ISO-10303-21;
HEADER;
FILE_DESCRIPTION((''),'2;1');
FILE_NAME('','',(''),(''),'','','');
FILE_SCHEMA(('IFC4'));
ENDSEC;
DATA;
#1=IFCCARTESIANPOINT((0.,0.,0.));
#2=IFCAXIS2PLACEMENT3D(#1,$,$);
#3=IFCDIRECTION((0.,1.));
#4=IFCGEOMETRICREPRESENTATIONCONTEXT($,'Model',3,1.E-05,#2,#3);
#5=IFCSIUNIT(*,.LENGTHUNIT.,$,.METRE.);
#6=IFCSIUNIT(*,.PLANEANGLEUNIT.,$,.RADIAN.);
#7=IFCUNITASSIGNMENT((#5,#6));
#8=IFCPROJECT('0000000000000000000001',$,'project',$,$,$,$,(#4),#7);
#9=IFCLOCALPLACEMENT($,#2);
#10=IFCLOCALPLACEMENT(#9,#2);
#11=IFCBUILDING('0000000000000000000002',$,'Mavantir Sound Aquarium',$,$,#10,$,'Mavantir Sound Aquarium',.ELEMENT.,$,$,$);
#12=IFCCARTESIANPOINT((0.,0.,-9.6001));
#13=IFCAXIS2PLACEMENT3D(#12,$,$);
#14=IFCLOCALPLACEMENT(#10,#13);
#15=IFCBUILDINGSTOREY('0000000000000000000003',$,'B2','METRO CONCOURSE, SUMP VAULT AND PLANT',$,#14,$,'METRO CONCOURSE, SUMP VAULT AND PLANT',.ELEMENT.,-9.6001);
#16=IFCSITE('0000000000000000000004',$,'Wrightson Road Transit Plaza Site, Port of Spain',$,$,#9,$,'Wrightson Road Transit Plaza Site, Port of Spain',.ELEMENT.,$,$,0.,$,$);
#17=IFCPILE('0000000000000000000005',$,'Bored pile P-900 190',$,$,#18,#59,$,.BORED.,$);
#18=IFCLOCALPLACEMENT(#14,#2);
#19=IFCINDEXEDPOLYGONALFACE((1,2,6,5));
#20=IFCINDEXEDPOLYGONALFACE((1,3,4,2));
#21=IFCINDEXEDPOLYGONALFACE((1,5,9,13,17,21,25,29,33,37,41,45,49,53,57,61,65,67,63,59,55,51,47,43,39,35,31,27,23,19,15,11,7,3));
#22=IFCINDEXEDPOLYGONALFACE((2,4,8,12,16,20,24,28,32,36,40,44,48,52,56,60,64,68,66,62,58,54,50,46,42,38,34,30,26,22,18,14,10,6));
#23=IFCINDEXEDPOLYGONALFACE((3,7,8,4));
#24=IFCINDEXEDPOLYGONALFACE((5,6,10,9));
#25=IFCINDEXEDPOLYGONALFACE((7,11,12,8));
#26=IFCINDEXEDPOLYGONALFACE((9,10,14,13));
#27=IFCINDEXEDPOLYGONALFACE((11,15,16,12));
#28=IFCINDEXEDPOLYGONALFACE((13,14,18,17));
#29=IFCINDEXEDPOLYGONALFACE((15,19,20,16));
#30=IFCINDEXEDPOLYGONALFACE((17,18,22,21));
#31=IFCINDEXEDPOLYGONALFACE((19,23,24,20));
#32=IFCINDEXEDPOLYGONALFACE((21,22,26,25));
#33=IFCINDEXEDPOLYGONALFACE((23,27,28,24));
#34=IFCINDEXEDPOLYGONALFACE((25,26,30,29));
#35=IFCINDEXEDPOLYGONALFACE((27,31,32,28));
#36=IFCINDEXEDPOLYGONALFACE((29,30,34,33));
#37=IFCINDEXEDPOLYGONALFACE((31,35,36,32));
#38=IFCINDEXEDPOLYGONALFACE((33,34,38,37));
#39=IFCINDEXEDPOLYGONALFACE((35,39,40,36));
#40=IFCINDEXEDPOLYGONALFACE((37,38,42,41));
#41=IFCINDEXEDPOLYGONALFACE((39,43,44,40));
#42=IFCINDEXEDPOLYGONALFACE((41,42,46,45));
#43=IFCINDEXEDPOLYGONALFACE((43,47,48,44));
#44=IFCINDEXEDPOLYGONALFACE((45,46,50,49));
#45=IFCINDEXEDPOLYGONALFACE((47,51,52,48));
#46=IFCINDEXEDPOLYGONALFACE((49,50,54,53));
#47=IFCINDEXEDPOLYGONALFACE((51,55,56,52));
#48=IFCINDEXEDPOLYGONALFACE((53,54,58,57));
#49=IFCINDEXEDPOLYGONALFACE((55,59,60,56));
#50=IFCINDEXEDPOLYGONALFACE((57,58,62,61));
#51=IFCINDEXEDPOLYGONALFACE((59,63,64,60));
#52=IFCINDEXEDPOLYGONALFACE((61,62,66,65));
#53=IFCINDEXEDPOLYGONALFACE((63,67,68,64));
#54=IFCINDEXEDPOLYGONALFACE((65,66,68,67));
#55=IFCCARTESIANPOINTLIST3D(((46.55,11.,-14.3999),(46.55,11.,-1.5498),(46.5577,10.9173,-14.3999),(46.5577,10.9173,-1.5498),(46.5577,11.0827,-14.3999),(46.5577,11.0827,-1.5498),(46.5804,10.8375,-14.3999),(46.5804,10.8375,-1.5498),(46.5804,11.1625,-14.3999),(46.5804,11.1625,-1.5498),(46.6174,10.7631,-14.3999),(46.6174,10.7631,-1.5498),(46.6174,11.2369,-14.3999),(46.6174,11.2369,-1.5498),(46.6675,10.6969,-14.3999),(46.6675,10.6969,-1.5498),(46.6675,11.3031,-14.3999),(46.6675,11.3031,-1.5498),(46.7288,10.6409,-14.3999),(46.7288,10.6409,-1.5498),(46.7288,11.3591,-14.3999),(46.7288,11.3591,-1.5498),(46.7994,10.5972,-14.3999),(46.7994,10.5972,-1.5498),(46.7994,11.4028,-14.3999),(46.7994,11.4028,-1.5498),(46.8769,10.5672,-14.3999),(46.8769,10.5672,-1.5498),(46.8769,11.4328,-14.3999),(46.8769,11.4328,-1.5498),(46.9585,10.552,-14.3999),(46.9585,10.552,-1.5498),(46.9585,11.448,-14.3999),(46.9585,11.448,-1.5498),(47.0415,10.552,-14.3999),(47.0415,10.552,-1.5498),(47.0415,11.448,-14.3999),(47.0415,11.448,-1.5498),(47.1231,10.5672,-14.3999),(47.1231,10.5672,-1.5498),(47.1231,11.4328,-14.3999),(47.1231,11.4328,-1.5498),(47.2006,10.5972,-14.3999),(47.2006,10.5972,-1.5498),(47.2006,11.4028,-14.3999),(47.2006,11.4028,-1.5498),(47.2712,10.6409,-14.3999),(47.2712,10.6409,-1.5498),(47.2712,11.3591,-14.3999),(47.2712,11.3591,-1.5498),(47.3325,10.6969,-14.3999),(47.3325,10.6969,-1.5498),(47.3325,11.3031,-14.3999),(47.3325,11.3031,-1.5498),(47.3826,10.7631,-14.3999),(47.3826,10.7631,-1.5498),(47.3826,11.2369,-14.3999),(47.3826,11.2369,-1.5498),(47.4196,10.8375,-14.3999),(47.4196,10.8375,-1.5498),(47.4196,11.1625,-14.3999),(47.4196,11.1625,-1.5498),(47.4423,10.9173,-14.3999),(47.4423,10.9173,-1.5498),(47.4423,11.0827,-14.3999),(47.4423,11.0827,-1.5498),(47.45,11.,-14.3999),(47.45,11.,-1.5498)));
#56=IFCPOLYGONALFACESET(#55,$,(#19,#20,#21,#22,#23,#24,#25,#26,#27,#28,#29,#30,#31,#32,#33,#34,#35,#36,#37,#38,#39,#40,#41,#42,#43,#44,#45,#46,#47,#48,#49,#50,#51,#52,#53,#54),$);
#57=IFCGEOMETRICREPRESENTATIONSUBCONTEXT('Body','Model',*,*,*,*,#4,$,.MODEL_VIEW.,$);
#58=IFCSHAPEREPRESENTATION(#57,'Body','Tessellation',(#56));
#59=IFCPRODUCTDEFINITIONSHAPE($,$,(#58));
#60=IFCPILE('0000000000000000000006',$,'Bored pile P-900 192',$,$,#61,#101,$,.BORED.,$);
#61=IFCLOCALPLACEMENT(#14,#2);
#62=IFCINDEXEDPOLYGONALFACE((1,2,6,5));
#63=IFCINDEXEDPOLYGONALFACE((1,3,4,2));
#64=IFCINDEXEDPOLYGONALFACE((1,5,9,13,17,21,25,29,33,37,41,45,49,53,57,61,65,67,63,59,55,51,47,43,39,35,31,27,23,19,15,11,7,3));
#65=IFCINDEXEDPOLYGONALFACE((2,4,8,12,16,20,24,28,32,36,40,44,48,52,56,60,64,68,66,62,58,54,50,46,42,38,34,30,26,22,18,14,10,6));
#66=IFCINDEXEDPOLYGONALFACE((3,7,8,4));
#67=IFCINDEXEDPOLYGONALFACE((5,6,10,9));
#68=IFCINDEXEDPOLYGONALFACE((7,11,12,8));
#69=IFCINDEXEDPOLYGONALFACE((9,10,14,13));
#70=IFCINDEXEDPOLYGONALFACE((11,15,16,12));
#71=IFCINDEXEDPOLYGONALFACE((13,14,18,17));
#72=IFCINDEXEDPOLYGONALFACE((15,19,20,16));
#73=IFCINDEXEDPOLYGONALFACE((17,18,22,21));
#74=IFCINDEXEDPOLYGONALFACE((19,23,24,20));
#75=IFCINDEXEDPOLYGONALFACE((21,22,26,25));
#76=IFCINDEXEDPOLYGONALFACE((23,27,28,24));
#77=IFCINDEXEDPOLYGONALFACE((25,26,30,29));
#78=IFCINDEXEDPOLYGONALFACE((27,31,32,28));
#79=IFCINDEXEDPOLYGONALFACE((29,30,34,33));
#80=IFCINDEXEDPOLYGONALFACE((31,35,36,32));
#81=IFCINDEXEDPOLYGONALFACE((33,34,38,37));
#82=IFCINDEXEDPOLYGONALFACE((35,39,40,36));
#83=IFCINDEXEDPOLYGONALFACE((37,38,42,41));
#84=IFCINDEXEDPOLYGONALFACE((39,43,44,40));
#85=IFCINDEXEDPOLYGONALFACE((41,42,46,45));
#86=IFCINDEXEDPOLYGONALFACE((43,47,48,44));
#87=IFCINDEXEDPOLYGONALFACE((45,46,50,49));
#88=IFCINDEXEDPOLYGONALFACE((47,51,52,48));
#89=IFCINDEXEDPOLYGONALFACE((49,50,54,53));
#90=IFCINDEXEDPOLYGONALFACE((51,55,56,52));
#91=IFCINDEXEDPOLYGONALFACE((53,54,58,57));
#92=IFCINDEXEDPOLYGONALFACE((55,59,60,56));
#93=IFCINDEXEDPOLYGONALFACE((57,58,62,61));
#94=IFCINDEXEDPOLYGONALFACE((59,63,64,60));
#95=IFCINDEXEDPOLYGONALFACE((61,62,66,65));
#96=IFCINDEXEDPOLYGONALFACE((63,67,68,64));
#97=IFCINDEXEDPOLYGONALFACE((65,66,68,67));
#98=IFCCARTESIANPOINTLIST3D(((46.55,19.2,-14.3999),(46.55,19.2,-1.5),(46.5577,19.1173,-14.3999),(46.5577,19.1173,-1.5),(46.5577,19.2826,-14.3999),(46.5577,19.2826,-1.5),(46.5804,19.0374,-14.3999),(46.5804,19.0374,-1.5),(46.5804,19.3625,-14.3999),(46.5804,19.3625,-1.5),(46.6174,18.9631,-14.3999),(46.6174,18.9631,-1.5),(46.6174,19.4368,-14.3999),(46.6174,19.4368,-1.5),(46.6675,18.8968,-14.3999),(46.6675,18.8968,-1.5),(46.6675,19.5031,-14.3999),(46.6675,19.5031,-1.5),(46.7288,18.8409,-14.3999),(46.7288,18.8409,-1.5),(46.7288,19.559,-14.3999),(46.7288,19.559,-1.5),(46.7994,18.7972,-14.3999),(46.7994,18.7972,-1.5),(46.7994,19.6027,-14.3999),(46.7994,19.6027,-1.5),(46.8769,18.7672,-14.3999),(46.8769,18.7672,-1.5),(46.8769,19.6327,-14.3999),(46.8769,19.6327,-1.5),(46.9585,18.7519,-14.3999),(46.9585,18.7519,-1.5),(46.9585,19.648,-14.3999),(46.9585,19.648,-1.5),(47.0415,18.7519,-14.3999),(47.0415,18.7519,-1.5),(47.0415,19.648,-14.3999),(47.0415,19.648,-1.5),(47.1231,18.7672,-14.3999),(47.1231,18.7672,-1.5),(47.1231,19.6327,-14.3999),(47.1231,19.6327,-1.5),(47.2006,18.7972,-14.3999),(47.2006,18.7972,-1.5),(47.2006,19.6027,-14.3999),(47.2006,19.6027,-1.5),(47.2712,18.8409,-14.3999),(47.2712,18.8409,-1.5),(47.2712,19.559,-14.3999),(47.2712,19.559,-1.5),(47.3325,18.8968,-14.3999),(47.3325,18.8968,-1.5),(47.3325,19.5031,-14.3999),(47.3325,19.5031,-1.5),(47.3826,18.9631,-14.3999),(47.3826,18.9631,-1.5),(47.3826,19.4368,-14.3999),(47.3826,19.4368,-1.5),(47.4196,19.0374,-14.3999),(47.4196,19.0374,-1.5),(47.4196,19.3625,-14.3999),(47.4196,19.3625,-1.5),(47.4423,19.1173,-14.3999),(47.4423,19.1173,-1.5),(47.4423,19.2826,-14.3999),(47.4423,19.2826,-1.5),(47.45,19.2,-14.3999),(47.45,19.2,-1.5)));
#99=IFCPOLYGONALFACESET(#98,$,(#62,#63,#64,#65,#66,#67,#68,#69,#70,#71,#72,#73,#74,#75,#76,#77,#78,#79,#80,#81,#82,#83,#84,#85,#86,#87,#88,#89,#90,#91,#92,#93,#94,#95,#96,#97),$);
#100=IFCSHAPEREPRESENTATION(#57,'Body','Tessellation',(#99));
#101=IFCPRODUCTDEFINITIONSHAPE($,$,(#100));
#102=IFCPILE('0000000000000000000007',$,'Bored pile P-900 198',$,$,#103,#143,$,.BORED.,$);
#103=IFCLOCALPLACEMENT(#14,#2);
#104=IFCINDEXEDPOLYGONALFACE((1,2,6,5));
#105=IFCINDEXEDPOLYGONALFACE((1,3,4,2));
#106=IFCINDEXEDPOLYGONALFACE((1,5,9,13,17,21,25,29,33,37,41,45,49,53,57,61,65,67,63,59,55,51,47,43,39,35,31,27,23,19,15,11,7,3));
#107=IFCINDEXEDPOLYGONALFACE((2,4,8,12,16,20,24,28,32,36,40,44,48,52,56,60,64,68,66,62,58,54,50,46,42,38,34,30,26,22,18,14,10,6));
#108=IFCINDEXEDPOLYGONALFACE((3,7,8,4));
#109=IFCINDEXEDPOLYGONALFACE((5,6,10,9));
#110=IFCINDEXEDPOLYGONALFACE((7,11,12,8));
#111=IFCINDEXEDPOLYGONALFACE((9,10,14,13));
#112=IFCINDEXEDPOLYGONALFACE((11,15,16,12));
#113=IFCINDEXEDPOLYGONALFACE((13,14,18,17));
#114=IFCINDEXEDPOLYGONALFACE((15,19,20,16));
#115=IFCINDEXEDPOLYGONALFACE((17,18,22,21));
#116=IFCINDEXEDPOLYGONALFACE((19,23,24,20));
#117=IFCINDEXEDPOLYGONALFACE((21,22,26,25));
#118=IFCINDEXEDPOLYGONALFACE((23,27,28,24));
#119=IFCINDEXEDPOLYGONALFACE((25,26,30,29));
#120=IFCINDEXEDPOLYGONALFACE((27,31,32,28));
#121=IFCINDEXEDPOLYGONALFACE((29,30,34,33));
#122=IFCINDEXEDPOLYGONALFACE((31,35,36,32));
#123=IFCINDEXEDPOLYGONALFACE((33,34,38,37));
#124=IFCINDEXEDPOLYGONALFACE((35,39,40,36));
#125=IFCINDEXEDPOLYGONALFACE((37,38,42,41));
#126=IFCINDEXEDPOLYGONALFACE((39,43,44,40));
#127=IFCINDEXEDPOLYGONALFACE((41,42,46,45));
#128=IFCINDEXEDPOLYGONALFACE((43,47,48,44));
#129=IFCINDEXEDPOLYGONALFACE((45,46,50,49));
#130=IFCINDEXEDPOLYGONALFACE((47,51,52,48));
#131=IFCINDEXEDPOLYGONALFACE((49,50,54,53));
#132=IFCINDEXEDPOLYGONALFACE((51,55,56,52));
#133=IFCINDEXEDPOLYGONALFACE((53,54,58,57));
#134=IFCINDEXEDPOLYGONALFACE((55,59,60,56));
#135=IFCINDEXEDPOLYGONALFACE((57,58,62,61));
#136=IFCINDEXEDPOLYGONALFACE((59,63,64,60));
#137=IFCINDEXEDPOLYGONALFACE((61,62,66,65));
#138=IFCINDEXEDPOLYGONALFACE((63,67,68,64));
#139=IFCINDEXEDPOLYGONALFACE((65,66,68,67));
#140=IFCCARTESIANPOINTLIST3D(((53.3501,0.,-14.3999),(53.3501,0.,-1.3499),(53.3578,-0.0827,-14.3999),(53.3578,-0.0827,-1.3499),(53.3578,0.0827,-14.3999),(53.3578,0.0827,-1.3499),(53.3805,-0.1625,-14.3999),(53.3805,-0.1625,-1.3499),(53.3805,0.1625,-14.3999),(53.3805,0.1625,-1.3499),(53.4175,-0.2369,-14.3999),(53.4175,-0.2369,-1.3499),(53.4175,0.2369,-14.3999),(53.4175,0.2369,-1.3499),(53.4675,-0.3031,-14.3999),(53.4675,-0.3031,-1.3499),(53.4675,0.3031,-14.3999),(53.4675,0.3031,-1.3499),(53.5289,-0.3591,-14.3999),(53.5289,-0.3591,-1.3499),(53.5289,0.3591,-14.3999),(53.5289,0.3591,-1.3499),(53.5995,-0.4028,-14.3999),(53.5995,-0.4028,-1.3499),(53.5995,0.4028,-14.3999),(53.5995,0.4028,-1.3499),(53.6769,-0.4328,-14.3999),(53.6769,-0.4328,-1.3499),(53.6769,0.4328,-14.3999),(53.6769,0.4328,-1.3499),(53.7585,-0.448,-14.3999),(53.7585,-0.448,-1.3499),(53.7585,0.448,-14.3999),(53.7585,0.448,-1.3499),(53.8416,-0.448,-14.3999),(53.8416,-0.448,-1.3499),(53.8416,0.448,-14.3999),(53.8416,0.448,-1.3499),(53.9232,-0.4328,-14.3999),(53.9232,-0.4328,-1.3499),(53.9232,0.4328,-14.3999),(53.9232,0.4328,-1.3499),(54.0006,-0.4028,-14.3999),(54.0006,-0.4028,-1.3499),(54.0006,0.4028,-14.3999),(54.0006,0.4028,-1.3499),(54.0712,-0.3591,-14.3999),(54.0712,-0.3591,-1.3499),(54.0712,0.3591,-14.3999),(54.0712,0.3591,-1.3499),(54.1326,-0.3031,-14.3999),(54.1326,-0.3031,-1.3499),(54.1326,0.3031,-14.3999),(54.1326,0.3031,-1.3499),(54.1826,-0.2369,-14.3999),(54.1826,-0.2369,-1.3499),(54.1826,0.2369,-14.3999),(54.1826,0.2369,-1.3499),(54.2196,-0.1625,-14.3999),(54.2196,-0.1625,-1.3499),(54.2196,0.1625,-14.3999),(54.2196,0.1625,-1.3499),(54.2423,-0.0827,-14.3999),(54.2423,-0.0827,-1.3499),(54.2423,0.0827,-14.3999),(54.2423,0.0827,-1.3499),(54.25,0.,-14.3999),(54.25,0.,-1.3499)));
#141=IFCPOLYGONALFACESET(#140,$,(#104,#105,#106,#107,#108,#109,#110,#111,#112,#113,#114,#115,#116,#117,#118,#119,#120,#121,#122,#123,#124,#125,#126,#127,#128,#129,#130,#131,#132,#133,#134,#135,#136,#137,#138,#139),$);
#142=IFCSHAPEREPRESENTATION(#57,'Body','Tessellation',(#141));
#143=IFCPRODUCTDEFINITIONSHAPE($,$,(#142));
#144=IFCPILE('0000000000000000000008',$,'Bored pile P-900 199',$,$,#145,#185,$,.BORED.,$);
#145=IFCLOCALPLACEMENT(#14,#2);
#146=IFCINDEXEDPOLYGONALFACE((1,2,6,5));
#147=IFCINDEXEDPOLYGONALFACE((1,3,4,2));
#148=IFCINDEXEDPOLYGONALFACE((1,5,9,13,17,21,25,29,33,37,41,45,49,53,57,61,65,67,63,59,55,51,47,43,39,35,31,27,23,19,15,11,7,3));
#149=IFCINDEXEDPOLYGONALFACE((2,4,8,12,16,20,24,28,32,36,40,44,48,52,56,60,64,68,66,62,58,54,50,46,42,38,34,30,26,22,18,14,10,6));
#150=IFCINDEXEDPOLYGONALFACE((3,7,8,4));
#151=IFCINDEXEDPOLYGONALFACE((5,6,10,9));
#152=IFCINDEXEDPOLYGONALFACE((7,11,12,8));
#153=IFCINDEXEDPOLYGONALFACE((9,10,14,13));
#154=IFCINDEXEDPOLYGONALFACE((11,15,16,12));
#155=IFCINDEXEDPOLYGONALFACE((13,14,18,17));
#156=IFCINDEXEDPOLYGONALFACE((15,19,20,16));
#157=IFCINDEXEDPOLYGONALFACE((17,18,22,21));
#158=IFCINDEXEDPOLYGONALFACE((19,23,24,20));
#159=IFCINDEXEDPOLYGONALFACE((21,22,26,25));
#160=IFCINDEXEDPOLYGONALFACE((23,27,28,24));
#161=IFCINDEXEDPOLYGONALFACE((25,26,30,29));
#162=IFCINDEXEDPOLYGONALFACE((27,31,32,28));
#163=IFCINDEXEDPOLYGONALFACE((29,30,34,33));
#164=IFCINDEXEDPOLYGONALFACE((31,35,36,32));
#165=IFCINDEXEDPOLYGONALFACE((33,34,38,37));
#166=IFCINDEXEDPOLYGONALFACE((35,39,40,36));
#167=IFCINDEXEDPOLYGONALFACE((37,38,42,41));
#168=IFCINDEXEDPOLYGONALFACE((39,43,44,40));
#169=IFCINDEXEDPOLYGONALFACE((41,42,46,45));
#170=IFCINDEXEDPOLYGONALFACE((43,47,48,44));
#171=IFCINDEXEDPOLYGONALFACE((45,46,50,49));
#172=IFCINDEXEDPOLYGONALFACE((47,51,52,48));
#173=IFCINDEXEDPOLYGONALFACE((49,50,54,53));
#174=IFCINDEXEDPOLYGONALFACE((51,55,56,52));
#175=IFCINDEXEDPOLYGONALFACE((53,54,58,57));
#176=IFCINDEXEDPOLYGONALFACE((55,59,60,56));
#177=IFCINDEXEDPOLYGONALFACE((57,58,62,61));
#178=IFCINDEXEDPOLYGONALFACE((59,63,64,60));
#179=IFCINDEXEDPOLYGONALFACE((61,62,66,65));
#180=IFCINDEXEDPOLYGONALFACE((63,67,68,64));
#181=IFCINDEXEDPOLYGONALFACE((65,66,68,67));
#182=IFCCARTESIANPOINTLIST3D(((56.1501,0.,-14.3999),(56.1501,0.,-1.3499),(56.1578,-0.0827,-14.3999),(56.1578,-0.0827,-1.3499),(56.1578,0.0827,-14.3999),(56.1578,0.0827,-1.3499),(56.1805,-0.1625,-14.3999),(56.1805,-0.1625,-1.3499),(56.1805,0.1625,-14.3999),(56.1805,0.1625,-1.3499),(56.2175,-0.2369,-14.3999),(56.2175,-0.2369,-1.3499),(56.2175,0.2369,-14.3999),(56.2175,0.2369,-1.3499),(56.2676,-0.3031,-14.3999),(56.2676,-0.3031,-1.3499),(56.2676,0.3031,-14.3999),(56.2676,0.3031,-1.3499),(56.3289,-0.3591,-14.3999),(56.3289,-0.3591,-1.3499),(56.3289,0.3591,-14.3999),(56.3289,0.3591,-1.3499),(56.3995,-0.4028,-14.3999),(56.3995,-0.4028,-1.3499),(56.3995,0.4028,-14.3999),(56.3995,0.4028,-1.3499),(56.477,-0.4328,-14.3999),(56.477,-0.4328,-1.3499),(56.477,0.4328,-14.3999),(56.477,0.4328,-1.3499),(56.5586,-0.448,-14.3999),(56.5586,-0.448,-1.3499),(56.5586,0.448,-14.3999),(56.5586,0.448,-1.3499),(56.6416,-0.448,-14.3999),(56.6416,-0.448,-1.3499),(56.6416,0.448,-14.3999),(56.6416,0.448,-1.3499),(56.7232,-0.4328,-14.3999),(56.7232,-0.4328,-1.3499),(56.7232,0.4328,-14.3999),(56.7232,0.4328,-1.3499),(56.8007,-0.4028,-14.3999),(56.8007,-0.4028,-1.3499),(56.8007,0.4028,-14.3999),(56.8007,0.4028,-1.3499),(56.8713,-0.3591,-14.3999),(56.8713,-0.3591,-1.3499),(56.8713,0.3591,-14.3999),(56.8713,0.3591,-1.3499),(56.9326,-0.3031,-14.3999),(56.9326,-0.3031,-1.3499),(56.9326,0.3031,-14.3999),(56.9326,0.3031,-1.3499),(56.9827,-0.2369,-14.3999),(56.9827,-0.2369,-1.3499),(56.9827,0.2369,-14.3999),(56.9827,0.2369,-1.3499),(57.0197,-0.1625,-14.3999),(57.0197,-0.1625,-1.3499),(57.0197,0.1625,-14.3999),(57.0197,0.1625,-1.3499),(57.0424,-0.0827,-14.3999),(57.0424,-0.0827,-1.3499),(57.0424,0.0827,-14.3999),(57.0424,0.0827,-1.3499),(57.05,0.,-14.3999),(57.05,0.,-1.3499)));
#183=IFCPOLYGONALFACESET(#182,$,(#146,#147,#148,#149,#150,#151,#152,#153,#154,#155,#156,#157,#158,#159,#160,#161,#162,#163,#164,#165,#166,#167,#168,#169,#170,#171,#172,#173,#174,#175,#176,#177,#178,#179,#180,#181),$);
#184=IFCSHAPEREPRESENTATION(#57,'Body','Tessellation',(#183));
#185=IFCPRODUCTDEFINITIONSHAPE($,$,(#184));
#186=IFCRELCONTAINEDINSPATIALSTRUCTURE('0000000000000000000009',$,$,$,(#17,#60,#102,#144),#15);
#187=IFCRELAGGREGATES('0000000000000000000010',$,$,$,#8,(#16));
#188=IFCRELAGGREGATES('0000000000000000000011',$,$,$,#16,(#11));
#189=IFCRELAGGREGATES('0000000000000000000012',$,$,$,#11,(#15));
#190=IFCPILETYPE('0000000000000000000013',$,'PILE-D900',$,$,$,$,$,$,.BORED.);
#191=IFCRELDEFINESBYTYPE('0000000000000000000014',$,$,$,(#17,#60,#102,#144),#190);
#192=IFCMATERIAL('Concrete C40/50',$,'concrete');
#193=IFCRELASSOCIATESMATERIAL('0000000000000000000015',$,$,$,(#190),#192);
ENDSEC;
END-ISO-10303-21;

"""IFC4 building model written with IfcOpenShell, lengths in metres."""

from ifc_helpers import new_model, si_unit, direction, frame, origin, origin_2d, place, context, subcontext, project, spatial, circle, extrude, material, material_profile, profile_set, type_object, element, save


model = new_model("IFC4")

# Units and contexts
model_context = context("Model", 3, precision=1e-05, world=origin(), true_north=direction((0.0, 1.0)))
body_context = subcontext(model_context, "Body", "Model", "MODEL_VIEW")
ifc_project = project(units=[si_unit("LENGTHUNIT", "METRE"), si_unit("PLANEANGLEUNIT", "RADIAN")], contexts=[model_context])

# Site, building, storey
site_placement = place(None, origin())
site = spatial("IfcSite", under=ifc_project, at=site_placement, Name="Wrightson Road Transit Plaza Site, Port of Spain", LongName="Wrightson Road Transit Plaza Site, Port of Spain", CompositionType="ELEMENT", RefElevation=0.0)
building_placement = place(site_placement, origin())
building = spatial("IfcBuilding", under=site, at=building_placement, Name="Mavantir Sound Aquarium", LongName="Mavantir Sound Aquarium", CompositionType="ELEMENT")
storey_placement = place(building_placement, frame((0.0, 0.0, -9.6001)))
storey = spatial("IfcBuildingStorey", under=building, at=storey_placement, Name="B2", Description="METRO CONCOURSE, SUMP VAULT AND PLANT", LongName="METRO CONCOURSE, SUMP VAULT AND PLANT", CompositionType="ELEMENT", Elevation=-9.6001)

# Shared definitions
ifc_material_1 = material(Name="Concrete C40/50", Category="concrete")

# Piles
ifc_material_profile_1 = material_profile(ifc_material_1, circle(Radius=0.45, at=origin_2d()), Name="PILE D900")
ifc_profile_set_1 = profile_set([ifc_material_profile_1], Name="Concrete C40/50")
pile_type = type_object("IfcPileType", Name="PILE-D900", PredefinedType="BORED", material=ifc_profile_set_1)
for number, where, z_axis, x_axis, name in (
    (1, (47.0, 11.0, -1.5498), (0.0, 0.0, -1.0), (1.0, 0.0, 0.0), "Bored pile P-900 190"),
):
    element("IfcPile", number, at=place(storey_placement, frame(where, z_axis=z_axis, x_axis=x_axis)), inside=storey, type_object=pile_type, Name=name, PredefinedType="BORED", context=body_context, shape_type="SweptSolid", body=[
        extrude(circle(Radius=0.45, at=origin_2d()), origin(), (0.0, 0.0, 1.0), 12.8501),
    ])
pile_placement = place(storey_placement, frame((47.0, 19.2, -1.5), z_axis=(0.0, 0.0, -1.0), x_axis=(1.0, 0.0, 0.0)))
element("IfcPile", 2, at=pile_placement, inside=storey, type_object=pile_type, Name="Bored pile P-900 192", PredefinedType="BORED", context=body_context, shape_type="SweptSolid", body=[
    extrude(circle(Radius=0.45, at=origin_2d()), origin(), (0.0, 0.0, 1.0), 12.8999),
])
for number, where, z_axis, x_axis, name in (
    (3, (53.8, 0.0, -1.3499), (0.0, 0.0, -1.0), (1.0, 0.0, 0.0), "Bored pile P-900 198"),
    (4, (56.6001, 0.0, -1.3499), (0.0, 0.0, -1.0), (1.0, 0.0, 0.0), "Bored pile P-900 199"),
):
    element("IfcPile", number, at=place(storey_placement, frame(where, z_axis=z_axis, x_axis=x_axis)), inside=storey, type_object=pile_type, Name=name, PredefinedType="BORED", context=body_context, shape_type="SweptSolid", body=[
        extrude(circle(Radius=0.45, at=origin_2d()), origin(), (0.0, 0.0, 1.0), 13.05),
    ])

save(model, "model.ifc")
